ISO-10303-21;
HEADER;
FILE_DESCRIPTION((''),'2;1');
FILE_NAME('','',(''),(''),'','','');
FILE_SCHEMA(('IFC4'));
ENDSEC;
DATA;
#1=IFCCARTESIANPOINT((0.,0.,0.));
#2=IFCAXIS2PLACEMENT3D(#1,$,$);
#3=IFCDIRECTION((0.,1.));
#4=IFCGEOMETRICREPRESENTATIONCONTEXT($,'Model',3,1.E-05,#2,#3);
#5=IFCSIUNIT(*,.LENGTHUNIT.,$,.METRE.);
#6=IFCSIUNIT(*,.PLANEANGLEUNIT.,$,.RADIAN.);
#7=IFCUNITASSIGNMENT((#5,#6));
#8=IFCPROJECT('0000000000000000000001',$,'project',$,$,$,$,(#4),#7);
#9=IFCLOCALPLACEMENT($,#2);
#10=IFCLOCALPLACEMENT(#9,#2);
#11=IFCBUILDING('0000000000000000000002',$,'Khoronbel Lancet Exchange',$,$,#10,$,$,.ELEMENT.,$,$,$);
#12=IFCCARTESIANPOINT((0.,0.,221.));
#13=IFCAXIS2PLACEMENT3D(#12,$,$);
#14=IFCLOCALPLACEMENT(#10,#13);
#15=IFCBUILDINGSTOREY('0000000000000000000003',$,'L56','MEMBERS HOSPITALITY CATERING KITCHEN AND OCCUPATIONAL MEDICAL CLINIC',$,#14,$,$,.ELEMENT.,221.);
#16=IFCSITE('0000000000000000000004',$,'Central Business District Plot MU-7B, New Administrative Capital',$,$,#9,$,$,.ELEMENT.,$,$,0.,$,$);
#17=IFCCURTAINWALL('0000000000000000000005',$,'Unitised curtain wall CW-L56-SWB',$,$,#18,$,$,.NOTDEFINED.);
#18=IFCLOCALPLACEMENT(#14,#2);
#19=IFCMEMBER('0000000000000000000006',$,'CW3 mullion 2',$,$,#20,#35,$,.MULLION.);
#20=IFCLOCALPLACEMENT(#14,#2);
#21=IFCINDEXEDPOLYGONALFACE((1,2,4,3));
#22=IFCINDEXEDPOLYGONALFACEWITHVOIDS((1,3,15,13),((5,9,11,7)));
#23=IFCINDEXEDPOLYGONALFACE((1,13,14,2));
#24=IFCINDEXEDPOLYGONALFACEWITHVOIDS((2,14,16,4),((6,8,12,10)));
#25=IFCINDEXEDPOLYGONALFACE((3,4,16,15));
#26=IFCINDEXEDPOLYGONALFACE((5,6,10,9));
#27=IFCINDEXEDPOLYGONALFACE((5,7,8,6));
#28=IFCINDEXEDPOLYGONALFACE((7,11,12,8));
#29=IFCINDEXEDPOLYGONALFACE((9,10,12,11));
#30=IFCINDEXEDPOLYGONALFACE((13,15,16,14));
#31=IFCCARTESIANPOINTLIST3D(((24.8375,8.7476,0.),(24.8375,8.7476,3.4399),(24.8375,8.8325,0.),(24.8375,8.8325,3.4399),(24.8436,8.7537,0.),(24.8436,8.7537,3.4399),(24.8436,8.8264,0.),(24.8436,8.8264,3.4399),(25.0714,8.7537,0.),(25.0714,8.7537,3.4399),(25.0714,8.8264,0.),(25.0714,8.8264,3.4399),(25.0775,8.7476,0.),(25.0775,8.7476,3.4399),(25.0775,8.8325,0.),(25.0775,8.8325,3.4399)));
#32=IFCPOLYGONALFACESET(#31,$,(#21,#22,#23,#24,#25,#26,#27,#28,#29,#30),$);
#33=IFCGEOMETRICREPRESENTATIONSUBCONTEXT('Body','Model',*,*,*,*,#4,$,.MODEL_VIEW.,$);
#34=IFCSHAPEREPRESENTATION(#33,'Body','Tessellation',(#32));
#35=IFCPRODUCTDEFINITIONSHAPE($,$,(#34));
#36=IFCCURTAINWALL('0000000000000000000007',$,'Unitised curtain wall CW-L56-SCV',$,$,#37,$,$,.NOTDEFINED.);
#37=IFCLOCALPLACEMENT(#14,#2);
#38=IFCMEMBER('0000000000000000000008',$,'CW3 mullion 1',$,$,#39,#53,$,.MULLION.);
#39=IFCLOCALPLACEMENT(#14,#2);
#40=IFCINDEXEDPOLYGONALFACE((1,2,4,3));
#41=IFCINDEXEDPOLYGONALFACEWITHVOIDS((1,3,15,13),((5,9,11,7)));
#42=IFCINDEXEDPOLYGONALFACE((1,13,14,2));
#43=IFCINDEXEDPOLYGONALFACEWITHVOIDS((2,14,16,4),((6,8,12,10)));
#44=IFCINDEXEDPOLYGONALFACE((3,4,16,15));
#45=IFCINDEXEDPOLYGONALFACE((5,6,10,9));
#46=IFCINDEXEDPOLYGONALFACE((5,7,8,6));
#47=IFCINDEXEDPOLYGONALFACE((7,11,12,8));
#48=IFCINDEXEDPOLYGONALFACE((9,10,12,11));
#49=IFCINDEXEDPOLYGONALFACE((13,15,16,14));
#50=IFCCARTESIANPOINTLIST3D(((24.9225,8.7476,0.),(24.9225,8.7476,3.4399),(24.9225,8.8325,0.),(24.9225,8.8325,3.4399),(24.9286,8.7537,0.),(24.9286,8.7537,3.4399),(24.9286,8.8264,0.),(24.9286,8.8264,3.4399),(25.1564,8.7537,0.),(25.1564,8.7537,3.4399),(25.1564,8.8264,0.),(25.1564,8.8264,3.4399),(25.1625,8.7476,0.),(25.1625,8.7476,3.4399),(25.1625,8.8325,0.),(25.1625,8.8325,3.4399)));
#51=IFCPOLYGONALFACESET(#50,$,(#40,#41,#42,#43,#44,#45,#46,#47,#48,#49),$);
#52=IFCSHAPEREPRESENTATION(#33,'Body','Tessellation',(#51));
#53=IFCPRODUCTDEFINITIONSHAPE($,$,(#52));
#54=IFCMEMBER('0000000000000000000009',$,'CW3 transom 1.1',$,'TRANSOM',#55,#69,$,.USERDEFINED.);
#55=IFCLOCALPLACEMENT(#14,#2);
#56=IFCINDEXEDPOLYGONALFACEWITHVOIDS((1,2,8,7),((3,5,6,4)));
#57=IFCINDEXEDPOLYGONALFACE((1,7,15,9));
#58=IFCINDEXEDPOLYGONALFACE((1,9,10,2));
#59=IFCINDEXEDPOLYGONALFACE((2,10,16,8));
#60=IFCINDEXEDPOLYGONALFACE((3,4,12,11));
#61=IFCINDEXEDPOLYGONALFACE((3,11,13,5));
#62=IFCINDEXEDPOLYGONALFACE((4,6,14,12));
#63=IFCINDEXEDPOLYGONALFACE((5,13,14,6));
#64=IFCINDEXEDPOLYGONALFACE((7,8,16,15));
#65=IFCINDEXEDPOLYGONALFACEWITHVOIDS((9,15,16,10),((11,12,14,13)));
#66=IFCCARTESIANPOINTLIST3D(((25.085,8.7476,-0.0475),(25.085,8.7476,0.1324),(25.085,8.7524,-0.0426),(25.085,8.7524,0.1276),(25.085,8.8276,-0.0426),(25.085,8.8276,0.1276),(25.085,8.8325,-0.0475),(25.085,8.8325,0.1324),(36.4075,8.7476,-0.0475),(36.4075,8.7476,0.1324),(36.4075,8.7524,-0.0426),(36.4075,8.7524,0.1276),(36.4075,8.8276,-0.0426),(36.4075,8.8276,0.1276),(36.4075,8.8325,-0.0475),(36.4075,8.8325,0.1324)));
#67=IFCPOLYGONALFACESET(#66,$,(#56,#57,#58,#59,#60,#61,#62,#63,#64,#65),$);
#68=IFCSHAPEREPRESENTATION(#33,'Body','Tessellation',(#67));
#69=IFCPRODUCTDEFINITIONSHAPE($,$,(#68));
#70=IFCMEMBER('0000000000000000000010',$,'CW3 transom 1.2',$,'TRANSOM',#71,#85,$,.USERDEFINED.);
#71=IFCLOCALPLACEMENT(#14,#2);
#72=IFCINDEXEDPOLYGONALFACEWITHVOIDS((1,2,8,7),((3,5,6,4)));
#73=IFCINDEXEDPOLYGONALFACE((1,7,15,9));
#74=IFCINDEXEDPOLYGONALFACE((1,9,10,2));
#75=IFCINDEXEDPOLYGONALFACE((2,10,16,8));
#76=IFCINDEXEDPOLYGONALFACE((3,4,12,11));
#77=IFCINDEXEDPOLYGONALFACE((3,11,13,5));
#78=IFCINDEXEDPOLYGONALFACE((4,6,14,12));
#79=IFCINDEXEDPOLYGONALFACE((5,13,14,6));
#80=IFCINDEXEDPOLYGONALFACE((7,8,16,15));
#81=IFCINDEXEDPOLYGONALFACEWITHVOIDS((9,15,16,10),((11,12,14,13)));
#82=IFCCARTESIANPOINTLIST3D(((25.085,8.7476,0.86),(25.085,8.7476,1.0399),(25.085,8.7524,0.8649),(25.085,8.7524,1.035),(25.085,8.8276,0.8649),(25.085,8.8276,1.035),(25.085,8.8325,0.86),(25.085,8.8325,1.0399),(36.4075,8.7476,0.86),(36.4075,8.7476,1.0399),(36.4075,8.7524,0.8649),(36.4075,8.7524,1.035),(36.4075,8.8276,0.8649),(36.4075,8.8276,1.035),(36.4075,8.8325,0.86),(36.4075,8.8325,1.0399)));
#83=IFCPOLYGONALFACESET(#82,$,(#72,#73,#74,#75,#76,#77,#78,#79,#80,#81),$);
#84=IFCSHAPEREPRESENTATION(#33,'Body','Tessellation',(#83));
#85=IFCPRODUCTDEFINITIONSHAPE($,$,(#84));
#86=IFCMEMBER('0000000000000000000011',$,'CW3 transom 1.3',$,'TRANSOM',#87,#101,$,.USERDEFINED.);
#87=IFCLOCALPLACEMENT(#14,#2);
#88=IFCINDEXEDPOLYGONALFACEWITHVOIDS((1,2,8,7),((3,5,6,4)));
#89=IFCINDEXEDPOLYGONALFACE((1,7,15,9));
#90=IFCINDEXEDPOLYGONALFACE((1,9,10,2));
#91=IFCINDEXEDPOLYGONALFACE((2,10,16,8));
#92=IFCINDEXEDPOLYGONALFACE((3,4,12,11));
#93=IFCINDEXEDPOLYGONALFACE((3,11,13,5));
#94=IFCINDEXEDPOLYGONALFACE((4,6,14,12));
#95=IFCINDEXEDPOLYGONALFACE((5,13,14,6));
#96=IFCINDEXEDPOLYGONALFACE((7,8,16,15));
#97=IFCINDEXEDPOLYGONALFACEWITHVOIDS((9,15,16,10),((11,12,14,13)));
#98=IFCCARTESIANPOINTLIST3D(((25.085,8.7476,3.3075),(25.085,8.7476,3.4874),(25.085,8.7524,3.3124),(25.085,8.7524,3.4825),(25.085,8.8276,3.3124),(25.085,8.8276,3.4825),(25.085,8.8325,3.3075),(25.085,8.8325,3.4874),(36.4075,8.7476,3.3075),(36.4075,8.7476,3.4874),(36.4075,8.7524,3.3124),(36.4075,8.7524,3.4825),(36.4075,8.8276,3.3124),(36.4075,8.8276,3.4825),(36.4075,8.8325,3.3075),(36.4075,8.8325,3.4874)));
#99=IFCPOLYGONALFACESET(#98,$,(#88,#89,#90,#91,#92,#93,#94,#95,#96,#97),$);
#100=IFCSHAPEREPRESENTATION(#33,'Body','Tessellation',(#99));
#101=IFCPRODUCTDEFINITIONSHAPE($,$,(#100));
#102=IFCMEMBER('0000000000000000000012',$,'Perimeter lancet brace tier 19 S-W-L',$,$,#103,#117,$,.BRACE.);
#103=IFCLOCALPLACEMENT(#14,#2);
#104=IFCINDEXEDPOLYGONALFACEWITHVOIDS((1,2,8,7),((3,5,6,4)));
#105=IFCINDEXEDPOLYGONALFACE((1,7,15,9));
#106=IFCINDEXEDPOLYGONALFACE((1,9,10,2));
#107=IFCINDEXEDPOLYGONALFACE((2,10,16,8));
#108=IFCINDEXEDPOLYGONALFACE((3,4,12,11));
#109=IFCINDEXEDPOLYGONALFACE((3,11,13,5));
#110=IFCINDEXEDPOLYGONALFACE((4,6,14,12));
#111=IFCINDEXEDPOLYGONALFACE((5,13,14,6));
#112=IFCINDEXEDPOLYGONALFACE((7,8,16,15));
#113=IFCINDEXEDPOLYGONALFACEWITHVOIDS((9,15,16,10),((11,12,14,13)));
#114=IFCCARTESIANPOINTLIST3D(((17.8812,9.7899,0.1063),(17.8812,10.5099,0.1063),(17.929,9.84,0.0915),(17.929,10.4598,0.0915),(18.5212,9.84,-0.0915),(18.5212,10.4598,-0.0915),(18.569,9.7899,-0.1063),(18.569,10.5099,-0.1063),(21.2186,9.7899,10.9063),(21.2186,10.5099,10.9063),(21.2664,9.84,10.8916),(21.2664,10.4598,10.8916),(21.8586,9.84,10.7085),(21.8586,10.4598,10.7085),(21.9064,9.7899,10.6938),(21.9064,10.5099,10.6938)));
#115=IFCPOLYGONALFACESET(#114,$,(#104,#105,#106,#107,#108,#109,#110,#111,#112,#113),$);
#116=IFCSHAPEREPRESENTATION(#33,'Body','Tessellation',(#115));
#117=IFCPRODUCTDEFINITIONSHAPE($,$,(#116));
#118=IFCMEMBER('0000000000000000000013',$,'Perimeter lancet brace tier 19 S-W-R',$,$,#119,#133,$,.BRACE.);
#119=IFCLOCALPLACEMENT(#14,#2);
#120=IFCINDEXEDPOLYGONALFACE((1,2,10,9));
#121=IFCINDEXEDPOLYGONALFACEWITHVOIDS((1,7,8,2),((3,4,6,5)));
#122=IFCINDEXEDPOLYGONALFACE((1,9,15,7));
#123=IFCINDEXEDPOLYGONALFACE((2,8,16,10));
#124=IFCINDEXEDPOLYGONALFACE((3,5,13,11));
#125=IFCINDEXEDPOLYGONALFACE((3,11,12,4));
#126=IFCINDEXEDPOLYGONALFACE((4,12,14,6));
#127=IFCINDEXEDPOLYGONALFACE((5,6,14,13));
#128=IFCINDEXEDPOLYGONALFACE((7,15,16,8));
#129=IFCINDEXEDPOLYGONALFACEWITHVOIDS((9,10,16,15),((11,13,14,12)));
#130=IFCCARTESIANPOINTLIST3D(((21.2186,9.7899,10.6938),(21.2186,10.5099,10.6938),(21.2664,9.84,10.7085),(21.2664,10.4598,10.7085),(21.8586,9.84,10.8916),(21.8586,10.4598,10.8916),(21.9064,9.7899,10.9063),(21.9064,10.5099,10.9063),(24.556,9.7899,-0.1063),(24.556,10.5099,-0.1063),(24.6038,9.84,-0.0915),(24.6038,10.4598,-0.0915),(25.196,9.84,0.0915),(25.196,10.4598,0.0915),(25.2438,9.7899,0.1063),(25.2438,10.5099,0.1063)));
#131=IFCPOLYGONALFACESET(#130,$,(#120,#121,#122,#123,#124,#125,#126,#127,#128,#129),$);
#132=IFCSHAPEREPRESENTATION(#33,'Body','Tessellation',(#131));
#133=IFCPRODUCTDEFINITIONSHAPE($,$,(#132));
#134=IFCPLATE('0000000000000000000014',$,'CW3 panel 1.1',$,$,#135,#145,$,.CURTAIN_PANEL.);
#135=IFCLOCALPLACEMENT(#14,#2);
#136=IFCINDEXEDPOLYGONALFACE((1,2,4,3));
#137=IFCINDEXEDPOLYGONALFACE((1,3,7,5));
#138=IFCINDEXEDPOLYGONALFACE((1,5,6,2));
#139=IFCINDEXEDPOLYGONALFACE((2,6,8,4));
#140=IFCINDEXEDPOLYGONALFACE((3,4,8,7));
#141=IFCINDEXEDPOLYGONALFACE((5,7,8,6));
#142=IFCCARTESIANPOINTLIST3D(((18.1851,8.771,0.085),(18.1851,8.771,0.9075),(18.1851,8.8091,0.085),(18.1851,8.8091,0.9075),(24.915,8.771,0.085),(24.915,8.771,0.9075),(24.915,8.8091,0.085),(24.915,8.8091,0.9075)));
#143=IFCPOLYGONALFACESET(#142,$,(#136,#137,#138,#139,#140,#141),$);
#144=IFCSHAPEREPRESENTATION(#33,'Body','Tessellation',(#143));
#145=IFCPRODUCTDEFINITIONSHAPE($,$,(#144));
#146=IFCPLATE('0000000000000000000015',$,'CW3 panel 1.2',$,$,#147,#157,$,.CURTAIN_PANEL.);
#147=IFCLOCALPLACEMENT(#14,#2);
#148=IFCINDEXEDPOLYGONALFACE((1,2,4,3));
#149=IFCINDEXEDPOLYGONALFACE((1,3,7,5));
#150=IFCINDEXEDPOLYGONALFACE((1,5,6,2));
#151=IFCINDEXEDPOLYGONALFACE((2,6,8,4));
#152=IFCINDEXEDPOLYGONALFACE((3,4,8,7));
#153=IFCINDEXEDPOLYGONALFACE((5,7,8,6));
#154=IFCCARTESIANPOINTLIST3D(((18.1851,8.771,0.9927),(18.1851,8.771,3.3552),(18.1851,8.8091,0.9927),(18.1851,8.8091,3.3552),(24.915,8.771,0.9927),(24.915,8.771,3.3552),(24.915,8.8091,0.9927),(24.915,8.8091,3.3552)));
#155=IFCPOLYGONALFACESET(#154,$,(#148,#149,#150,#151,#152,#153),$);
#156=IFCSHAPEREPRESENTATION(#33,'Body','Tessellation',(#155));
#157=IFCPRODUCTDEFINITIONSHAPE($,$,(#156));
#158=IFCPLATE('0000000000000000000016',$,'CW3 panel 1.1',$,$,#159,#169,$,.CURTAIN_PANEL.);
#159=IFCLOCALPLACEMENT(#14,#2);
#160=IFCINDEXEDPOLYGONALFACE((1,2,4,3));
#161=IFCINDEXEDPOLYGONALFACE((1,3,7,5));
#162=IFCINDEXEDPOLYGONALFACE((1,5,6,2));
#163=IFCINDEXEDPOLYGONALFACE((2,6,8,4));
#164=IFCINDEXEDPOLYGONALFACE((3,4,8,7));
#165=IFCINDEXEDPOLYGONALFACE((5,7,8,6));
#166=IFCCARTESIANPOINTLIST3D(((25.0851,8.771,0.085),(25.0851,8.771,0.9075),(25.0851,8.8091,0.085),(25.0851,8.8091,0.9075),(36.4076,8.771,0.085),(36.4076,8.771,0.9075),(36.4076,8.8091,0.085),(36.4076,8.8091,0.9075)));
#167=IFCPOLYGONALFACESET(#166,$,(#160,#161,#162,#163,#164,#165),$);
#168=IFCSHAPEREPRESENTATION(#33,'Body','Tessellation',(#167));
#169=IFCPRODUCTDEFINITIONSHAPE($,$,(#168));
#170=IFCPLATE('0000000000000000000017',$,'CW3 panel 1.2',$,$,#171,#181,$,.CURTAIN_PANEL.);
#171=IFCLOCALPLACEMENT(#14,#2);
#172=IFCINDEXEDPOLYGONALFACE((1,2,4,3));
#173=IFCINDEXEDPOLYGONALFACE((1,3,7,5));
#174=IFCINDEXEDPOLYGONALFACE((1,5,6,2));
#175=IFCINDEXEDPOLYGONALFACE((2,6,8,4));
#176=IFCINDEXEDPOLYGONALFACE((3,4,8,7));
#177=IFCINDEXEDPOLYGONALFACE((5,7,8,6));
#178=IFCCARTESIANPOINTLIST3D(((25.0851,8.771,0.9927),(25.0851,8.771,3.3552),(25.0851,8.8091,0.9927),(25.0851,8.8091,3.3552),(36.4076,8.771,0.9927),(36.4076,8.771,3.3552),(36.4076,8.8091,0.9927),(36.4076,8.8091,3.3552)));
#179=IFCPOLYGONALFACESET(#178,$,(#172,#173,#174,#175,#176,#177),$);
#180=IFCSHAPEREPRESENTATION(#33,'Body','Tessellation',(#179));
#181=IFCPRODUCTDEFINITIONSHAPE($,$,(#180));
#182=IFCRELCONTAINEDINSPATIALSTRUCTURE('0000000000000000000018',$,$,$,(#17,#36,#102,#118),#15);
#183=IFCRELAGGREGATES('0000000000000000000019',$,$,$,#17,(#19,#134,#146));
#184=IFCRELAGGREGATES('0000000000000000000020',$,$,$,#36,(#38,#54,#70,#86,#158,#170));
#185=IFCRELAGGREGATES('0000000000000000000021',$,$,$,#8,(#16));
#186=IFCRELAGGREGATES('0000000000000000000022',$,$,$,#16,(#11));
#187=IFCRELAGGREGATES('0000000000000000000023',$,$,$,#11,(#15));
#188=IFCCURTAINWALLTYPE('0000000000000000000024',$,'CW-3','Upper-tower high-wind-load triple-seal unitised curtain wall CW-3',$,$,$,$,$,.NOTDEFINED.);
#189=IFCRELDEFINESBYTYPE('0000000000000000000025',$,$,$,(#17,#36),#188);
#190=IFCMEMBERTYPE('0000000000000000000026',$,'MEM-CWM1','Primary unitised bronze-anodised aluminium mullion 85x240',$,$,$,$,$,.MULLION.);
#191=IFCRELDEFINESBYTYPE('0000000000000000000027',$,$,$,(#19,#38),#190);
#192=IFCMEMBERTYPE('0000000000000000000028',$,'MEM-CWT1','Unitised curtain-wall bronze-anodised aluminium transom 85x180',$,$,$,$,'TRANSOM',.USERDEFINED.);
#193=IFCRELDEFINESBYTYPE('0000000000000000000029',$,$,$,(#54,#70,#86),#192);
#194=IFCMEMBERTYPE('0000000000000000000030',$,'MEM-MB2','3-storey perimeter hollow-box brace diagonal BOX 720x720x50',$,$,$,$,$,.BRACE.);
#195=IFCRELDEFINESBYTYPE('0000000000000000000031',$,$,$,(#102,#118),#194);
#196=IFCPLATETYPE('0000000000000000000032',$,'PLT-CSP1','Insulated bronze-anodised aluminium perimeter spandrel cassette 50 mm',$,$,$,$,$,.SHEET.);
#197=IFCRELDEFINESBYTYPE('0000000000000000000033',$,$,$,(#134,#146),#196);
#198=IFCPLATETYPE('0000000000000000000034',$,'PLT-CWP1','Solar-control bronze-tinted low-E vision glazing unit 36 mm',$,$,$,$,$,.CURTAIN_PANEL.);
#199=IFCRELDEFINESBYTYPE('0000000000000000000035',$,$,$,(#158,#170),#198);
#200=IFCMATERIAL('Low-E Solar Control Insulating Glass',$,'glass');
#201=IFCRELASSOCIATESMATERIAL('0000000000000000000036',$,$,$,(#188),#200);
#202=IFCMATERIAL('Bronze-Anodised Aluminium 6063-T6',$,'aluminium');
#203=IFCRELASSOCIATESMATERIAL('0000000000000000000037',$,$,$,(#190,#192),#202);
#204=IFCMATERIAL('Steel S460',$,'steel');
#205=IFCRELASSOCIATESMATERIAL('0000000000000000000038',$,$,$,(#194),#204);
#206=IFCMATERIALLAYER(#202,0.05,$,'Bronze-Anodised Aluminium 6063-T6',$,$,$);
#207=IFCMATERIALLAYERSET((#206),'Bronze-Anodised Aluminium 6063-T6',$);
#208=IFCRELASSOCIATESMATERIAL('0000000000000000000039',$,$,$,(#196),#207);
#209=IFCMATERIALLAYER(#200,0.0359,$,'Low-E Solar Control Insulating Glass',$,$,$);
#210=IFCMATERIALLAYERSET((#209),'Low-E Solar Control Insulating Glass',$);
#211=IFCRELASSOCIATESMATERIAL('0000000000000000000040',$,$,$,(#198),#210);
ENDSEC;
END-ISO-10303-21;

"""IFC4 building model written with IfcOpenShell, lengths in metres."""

from ifc_helpers import new_model, si_unit, direction, frame, origin, origin_2d, place, context, subcontext, project, spatial, rectangle, hollow_rectangle, extrude, material, layer, layer_set, material_profile, profile_set, type_object, element, aggregate, save


model = new_model("IFC4")

# Units and contexts
model_context = context("Model", 3, precision=1e-05, world=origin(), true_north=direction((0.0, 1.0)))
body_context = subcontext(model_context, "Body", "Model", "MODEL_VIEW")
ifc_project = project(units=[si_unit("LENGTHUNIT", "METRE"), si_unit("PLANEANGLEUNIT", "RADIAN")], contexts=[model_context])

# Site, building, storey
site_placement = place(None, origin())
site = spatial("IfcSite", under=ifc_project, at=site_placement, Name="Central Business District Plot MU-7B, New Administrative Capital", CompositionType="ELEMENT", RefElevation=0.0)
building_placement = place(site_placement, origin())
building = spatial("IfcBuilding", under=site, at=building_placement, Name="Khoronbel Lancet Exchange", CompositionType="ELEMENT")
storey_placement = place(building_placement, frame((0.0, 0.0, 221.0)))
storey = spatial("IfcBuildingStorey", under=building, at=storey_placement, Name="L56", Description="MEMBERS HOSPITALITY CATERING KITCHEN AND OCCUPATIONAL MEDICAL CLINIC", CompositionType="ELEMENT", Elevation=221.0)

# Shared definitions
ifc_material_1 = material(Name="Steel S460", Category="steel")

# Curtain wall, member
ifc_material_2 = material(Name="Low-E Solar Control Insulating Glass", Category="glass")
curtain_wall_type = type_object("IfcCurtainWallType", Name="CW-3", Description="Upper-tower high-wind-load triple-seal unitised curtain wall CW-3", PredefinedType="NOTDEFINED", material=ifc_material_2)
curtain_wall_1_placement = place(storey_placement, origin())
curtain_wall_1 = element("IfcCurtainWall", 1, at=curtain_wall_1_placement, inside=storey, type_object=curtain_wall_type, Name="Unitised curtain wall CW-L56-SWB", PredefinedType="NOTDEFINED")
ifc_material_3 = material(Name="Bronze-Anodised Aluminium 6063-T6", Category="aluminium")
ifc_material_profile_1 = material_profile(ifc_material_3, hollow_rectangle(XDim=0.085, YDim=0.24, WallThickness=0.0061, at=origin_2d()), Name="ALU MULLION 85x240")
ifc_profile_set_1 = profile_set([ifc_material_profile_1], Name="Bronze-Anodised Aluminium 6063-T6")
member_type_1 = type_object("IfcMemberType", Name="MEM-CWM1", Description="Primary unitised bronze-anodised aluminium mullion 85x240", PredefinedType="MULLION", material=ifc_profile_set_1)
member_1_placement = place(storey_placement, frame((24.9575, 8.79, 0.0), z_axis=(0.0, 0.0, 1.0), x_axis=(0.0, 1.0, 0.0)))
member_1 = element("IfcMember", 2, at=member_1_placement, type_object=member_type_1, Name="CW3 mullion 2", PredefinedType="MULLION", context=body_context, shape_type="SweptSolid", body=[
    extrude(hollow_rectangle(XDim=0.085, YDim=0.24, WallThickness=0.0061, at=origin_2d()), origin(), (0.0, 0.0, 1.0), 3.4399),
])

# Curtain wall, members
curtain_wall_2_placement = place(storey_placement, origin())
curtain_wall_2 = element("IfcCurtainWall", 3, at=curtain_wall_2_placement, inside=storey, type_object=curtain_wall_type, Name="Unitised curtain wall CW-L56-SCV", PredefinedType="NOTDEFINED")
member_2_placement = place(storey_placement, frame((25.0425, 8.79, 0.0), z_axis=(0.0, 0.0, 1.0), x_axis=(0.0, 1.0, 0.0)))
member_2 = element("IfcMember", 4, at=member_2_placement, type_object=member_type_1, Name="CW3 mullion 1", PredefinedType="MULLION", context=body_context, shape_type="SweptSolid", body=[
    extrude(hollow_rectangle(XDim=0.085, YDim=0.24, WallThickness=0.0061, at=origin_2d()), origin(), (0.0, 0.0, 1.0), 3.4399),
])
ifc_material_profile_2 = material_profile(ifc_material_3, hollow_rectangle(XDim=0.085, YDim=0.1799, WallThickness=0.0049, at=origin_2d()), Name="ALU TRANSOM 85x180")
ifc_profile_set_2 = profile_set([ifc_material_profile_2], Name="Bronze-Anodised Aluminium 6063-T6")
member_type_2 = type_object("IfcMemberType", Name="MEM-CWT1", Description="Unitised curtain-wall bronze-anodised aluminium transom 85x180", ElementType="TRANSOM", PredefinedType="USERDEFINED", material=ifc_profile_set_2)
member_3_placement = place(storey_placement, frame((25.085, 8.79, 0.0425), z_axis=(1.0, 0.0, 0.0), x_axis=(0.0, 1.0, 0.0)))
member_3 = element("IfcMember", 5, at=member_3_placement, type_object=member_type_2, Name="CW3 transom 1.1", ObjectType="TRANSOM", PredefinedType="USERDEFINED", context=body_context, shape_type="SweptSolid", body=[
    extrude(hollow_rectangle(XDim=0.085, YDim=0.1799, WallThickness=0.0049, at=origin_2d()), origin(), (0.0, 0.0, 1.0), 11.3225),
])
member_4_placement = place(storey_placement, frame((25.085, 8.79, 0.95), z_axis=(1.0, 0.0, 0.0), x_axis=(0.0, 1.0, 0.0)))
member_4 = element("IfcMember", 6, at=member_4_placement, type_object=member_type_2, Name="CW3 transom 1.2", ObjectType="TRANSOM", PredefinedType="USERDEFINED", context=body_context, shape_type="SweptSolid", body=[
    extrude(hollow_rectangle(XDim=0.085, YDim=0.1799, WallThickness=0.0049, at=origin_2d()), origin(), (0.0, 0.0, 1.0), 11.3225),
])
member_5_placement = place(storey_placement, frame((25.085, 8.79, 3.3975), z_axis=(1.0, 0.0, 0.0), x_axis=(0.0, 1.0, 0.0)))
member_5 = element("IfcMember", 7, at=member_5_placement, type_object=member_type_2, Name="CW3 transom 1.3", ObjectType="TRANSOM", PredefinedType="USERDEFINED", context=body_context, shape_type="SweptSolid", body=[
    extrude(hollow_rectangle(XDim=0.085, YDim=0.1799, WallThickness=0.0049, at=origin_2d()), origin(), (0.0, 0.0, 1.0), 11.3225),
])

# Members
ifc_material_profile_3 = material_profile(ifc_material_1, hollow_rectangle(XDim=0.72, YDim=0.72, WallThickness=0.05, at=origin_2d()), Name="BOX 720x720x50")
ifc_profile_set_3 = profile_set([ifc_material_profile_3], Name="Steel S460")
member_type_3 = type_object("IfcMemberType", Name="MEM-MB2", Description="3-storey perimeter hollow-box brace diagonal BOX 720x720x50", PredefinedType="BRACE", material=ifc_profile_set_3)
for number, where, z_axis, x_axis, name in (
    (8, (18.2251, 10.1499, 0.0), (0.295242, 0.0, 0.955422), (0.0, 1.0, 0.0), "Perimeter lancet brace tier 19 S-W-L"),
    (9, (24.8999, 10.1499, 0.0), (-0.295242, 0.0, 0.955422), (0.0, -1.0, 0.0), "Perimeter lancet brace tier 19 S-W-R"),
):
    element("IfcMember", number, at=place(storey_placement, frame(where, z_axis=z_axis, x_axis=x_axis)), inside=storey, type_object=member_type_3, Name=name, PredefinedType="BRACE", context=body_context, shape_type="SweptSolid", body=[
        extrude(hollow_rectangle(XDim=0.72, YDim=0.72, WallThickness=0.05, at=origin_2d()), origin(), (0.0, 0.0, 1.0), 11.304),
    ])

# Plates
ifc_layer_1 = layer(ifc_material_3, 0.05, Name="Bronze-Anodised Aluminium 6063-T6")
ifc_layer_set_1 = layer_set([ifc_layer_1], Name="Bronze-Anodised Aluminium 6063-T6")
plate_type_1 = type_object("IfcPlateType", Name="PLT-CSP1", Description="Insulated bronze-anodised aluminium perimeter spandrel cassette 50 mm", PredefinedType="SHEET", material=ifc_layer_set_1)
plate_1_placement = place(storey_placement, frame((21.55, 8.79, 0.085), z_axis=(0.0, 0.0, 1.0), x_axis=(1.0, 0.0, 0.0)))
plate_1 = element("IfcPlate", 10, at=plate_1_placement, type_object=plate_type_1, Name="CW3 panel 1.1", PredefinedType="CURTAIN_PANEL", context=body_context, shape_type="SweptSolid", body=[
    extrude(rectangle(XDim=6.73, YDim=0.0381, at=origin_2d()), origin(), (0.0, 0.0, 1.0), 0.8225),
])
plate_2_placement = place(storey_placement, frame((21.55, 8.79, 0.9927), z_axis=(0.0, 0.0, 1.0), x_axis=(1.0, 0.0, 0.0)))
plate_2 = element("IfcPlate", 11, at=plate_2_placement, type_object=plate_type_1, Name="CW3 panel 1.2", PredefinedType="CURTAIN_PANEL", context=body_context, shape_type="SweptSolid", body=[
    extrude(rectangle(XDim=6.73, YDim=0.0381, at=origin_2d()), origin(), (0.0, 0.0, 1.0), 2.3625),
])
aggregate(curtain_wall_1, [member_1, plate_1, plate_2])
ifc_layer_2 = layer(ifc_material_2, 0.0359, Name="Low-E Solar Control Insulating Glass")
ifc_layer_set_2 = layer_set([ifc_layer_2], Name="Low-E Solar Control Insulating Glass")
plate_type_2 = type_object("IfcPlateType", Name="PLT-CWP1", Description="Solar-control bronze-tinted low-E vision glazing unit 36 mm", PredefinedType="CURTAIN_PANEL", material=ifc_layer_set_2)
plate_3_placement = place(storey_placement, frame((30.7463, 8.79, 0.085), z_axis=(0.0, 0.0, 1.0), x_axis=(1.0, 0.0, 0.0)))
plate_3 = element("IfcPlate", 12, at=plate_3_placement, type_object=plate_type_2, Name="CW3 panel 1.1", PredefinedType="CURTAIN_PANEL", context=body_context, shape_type="SweptSolid", body=[
    extrude(rectangle(XDim=11.3225, YDim=0.0381, at=origin_2d()), origin(), (0.0, 0.0, 1.0), 0.8225),
])
plate_4_placement = place(storey_placement, frame((30.7463, 8.79, 0.9927), z_axis=(0.0, 0.0, 1.0), x_axis=(1.0, 0.0, 0.0)))
plate_4 = element("IfcPlate", 13, at=plate_4_placement, type_object=plate_type_2, Name="CW3 panel 1.2", PredefinedType="CURTAIN_PANEL", context=body_context, shape_type="SweptSolid", body=[
    extrude(rectangle(XDim=11.3225, YDim=0.0381, at=origin_2d()), origin(), (0.0, 0.0, 1.0), 2.3625),
])
aggregate(curtain_wall_2, [member_2, member_3, member_4, member_5, plate_3, plate_4])

save(model, "model.ifc")
